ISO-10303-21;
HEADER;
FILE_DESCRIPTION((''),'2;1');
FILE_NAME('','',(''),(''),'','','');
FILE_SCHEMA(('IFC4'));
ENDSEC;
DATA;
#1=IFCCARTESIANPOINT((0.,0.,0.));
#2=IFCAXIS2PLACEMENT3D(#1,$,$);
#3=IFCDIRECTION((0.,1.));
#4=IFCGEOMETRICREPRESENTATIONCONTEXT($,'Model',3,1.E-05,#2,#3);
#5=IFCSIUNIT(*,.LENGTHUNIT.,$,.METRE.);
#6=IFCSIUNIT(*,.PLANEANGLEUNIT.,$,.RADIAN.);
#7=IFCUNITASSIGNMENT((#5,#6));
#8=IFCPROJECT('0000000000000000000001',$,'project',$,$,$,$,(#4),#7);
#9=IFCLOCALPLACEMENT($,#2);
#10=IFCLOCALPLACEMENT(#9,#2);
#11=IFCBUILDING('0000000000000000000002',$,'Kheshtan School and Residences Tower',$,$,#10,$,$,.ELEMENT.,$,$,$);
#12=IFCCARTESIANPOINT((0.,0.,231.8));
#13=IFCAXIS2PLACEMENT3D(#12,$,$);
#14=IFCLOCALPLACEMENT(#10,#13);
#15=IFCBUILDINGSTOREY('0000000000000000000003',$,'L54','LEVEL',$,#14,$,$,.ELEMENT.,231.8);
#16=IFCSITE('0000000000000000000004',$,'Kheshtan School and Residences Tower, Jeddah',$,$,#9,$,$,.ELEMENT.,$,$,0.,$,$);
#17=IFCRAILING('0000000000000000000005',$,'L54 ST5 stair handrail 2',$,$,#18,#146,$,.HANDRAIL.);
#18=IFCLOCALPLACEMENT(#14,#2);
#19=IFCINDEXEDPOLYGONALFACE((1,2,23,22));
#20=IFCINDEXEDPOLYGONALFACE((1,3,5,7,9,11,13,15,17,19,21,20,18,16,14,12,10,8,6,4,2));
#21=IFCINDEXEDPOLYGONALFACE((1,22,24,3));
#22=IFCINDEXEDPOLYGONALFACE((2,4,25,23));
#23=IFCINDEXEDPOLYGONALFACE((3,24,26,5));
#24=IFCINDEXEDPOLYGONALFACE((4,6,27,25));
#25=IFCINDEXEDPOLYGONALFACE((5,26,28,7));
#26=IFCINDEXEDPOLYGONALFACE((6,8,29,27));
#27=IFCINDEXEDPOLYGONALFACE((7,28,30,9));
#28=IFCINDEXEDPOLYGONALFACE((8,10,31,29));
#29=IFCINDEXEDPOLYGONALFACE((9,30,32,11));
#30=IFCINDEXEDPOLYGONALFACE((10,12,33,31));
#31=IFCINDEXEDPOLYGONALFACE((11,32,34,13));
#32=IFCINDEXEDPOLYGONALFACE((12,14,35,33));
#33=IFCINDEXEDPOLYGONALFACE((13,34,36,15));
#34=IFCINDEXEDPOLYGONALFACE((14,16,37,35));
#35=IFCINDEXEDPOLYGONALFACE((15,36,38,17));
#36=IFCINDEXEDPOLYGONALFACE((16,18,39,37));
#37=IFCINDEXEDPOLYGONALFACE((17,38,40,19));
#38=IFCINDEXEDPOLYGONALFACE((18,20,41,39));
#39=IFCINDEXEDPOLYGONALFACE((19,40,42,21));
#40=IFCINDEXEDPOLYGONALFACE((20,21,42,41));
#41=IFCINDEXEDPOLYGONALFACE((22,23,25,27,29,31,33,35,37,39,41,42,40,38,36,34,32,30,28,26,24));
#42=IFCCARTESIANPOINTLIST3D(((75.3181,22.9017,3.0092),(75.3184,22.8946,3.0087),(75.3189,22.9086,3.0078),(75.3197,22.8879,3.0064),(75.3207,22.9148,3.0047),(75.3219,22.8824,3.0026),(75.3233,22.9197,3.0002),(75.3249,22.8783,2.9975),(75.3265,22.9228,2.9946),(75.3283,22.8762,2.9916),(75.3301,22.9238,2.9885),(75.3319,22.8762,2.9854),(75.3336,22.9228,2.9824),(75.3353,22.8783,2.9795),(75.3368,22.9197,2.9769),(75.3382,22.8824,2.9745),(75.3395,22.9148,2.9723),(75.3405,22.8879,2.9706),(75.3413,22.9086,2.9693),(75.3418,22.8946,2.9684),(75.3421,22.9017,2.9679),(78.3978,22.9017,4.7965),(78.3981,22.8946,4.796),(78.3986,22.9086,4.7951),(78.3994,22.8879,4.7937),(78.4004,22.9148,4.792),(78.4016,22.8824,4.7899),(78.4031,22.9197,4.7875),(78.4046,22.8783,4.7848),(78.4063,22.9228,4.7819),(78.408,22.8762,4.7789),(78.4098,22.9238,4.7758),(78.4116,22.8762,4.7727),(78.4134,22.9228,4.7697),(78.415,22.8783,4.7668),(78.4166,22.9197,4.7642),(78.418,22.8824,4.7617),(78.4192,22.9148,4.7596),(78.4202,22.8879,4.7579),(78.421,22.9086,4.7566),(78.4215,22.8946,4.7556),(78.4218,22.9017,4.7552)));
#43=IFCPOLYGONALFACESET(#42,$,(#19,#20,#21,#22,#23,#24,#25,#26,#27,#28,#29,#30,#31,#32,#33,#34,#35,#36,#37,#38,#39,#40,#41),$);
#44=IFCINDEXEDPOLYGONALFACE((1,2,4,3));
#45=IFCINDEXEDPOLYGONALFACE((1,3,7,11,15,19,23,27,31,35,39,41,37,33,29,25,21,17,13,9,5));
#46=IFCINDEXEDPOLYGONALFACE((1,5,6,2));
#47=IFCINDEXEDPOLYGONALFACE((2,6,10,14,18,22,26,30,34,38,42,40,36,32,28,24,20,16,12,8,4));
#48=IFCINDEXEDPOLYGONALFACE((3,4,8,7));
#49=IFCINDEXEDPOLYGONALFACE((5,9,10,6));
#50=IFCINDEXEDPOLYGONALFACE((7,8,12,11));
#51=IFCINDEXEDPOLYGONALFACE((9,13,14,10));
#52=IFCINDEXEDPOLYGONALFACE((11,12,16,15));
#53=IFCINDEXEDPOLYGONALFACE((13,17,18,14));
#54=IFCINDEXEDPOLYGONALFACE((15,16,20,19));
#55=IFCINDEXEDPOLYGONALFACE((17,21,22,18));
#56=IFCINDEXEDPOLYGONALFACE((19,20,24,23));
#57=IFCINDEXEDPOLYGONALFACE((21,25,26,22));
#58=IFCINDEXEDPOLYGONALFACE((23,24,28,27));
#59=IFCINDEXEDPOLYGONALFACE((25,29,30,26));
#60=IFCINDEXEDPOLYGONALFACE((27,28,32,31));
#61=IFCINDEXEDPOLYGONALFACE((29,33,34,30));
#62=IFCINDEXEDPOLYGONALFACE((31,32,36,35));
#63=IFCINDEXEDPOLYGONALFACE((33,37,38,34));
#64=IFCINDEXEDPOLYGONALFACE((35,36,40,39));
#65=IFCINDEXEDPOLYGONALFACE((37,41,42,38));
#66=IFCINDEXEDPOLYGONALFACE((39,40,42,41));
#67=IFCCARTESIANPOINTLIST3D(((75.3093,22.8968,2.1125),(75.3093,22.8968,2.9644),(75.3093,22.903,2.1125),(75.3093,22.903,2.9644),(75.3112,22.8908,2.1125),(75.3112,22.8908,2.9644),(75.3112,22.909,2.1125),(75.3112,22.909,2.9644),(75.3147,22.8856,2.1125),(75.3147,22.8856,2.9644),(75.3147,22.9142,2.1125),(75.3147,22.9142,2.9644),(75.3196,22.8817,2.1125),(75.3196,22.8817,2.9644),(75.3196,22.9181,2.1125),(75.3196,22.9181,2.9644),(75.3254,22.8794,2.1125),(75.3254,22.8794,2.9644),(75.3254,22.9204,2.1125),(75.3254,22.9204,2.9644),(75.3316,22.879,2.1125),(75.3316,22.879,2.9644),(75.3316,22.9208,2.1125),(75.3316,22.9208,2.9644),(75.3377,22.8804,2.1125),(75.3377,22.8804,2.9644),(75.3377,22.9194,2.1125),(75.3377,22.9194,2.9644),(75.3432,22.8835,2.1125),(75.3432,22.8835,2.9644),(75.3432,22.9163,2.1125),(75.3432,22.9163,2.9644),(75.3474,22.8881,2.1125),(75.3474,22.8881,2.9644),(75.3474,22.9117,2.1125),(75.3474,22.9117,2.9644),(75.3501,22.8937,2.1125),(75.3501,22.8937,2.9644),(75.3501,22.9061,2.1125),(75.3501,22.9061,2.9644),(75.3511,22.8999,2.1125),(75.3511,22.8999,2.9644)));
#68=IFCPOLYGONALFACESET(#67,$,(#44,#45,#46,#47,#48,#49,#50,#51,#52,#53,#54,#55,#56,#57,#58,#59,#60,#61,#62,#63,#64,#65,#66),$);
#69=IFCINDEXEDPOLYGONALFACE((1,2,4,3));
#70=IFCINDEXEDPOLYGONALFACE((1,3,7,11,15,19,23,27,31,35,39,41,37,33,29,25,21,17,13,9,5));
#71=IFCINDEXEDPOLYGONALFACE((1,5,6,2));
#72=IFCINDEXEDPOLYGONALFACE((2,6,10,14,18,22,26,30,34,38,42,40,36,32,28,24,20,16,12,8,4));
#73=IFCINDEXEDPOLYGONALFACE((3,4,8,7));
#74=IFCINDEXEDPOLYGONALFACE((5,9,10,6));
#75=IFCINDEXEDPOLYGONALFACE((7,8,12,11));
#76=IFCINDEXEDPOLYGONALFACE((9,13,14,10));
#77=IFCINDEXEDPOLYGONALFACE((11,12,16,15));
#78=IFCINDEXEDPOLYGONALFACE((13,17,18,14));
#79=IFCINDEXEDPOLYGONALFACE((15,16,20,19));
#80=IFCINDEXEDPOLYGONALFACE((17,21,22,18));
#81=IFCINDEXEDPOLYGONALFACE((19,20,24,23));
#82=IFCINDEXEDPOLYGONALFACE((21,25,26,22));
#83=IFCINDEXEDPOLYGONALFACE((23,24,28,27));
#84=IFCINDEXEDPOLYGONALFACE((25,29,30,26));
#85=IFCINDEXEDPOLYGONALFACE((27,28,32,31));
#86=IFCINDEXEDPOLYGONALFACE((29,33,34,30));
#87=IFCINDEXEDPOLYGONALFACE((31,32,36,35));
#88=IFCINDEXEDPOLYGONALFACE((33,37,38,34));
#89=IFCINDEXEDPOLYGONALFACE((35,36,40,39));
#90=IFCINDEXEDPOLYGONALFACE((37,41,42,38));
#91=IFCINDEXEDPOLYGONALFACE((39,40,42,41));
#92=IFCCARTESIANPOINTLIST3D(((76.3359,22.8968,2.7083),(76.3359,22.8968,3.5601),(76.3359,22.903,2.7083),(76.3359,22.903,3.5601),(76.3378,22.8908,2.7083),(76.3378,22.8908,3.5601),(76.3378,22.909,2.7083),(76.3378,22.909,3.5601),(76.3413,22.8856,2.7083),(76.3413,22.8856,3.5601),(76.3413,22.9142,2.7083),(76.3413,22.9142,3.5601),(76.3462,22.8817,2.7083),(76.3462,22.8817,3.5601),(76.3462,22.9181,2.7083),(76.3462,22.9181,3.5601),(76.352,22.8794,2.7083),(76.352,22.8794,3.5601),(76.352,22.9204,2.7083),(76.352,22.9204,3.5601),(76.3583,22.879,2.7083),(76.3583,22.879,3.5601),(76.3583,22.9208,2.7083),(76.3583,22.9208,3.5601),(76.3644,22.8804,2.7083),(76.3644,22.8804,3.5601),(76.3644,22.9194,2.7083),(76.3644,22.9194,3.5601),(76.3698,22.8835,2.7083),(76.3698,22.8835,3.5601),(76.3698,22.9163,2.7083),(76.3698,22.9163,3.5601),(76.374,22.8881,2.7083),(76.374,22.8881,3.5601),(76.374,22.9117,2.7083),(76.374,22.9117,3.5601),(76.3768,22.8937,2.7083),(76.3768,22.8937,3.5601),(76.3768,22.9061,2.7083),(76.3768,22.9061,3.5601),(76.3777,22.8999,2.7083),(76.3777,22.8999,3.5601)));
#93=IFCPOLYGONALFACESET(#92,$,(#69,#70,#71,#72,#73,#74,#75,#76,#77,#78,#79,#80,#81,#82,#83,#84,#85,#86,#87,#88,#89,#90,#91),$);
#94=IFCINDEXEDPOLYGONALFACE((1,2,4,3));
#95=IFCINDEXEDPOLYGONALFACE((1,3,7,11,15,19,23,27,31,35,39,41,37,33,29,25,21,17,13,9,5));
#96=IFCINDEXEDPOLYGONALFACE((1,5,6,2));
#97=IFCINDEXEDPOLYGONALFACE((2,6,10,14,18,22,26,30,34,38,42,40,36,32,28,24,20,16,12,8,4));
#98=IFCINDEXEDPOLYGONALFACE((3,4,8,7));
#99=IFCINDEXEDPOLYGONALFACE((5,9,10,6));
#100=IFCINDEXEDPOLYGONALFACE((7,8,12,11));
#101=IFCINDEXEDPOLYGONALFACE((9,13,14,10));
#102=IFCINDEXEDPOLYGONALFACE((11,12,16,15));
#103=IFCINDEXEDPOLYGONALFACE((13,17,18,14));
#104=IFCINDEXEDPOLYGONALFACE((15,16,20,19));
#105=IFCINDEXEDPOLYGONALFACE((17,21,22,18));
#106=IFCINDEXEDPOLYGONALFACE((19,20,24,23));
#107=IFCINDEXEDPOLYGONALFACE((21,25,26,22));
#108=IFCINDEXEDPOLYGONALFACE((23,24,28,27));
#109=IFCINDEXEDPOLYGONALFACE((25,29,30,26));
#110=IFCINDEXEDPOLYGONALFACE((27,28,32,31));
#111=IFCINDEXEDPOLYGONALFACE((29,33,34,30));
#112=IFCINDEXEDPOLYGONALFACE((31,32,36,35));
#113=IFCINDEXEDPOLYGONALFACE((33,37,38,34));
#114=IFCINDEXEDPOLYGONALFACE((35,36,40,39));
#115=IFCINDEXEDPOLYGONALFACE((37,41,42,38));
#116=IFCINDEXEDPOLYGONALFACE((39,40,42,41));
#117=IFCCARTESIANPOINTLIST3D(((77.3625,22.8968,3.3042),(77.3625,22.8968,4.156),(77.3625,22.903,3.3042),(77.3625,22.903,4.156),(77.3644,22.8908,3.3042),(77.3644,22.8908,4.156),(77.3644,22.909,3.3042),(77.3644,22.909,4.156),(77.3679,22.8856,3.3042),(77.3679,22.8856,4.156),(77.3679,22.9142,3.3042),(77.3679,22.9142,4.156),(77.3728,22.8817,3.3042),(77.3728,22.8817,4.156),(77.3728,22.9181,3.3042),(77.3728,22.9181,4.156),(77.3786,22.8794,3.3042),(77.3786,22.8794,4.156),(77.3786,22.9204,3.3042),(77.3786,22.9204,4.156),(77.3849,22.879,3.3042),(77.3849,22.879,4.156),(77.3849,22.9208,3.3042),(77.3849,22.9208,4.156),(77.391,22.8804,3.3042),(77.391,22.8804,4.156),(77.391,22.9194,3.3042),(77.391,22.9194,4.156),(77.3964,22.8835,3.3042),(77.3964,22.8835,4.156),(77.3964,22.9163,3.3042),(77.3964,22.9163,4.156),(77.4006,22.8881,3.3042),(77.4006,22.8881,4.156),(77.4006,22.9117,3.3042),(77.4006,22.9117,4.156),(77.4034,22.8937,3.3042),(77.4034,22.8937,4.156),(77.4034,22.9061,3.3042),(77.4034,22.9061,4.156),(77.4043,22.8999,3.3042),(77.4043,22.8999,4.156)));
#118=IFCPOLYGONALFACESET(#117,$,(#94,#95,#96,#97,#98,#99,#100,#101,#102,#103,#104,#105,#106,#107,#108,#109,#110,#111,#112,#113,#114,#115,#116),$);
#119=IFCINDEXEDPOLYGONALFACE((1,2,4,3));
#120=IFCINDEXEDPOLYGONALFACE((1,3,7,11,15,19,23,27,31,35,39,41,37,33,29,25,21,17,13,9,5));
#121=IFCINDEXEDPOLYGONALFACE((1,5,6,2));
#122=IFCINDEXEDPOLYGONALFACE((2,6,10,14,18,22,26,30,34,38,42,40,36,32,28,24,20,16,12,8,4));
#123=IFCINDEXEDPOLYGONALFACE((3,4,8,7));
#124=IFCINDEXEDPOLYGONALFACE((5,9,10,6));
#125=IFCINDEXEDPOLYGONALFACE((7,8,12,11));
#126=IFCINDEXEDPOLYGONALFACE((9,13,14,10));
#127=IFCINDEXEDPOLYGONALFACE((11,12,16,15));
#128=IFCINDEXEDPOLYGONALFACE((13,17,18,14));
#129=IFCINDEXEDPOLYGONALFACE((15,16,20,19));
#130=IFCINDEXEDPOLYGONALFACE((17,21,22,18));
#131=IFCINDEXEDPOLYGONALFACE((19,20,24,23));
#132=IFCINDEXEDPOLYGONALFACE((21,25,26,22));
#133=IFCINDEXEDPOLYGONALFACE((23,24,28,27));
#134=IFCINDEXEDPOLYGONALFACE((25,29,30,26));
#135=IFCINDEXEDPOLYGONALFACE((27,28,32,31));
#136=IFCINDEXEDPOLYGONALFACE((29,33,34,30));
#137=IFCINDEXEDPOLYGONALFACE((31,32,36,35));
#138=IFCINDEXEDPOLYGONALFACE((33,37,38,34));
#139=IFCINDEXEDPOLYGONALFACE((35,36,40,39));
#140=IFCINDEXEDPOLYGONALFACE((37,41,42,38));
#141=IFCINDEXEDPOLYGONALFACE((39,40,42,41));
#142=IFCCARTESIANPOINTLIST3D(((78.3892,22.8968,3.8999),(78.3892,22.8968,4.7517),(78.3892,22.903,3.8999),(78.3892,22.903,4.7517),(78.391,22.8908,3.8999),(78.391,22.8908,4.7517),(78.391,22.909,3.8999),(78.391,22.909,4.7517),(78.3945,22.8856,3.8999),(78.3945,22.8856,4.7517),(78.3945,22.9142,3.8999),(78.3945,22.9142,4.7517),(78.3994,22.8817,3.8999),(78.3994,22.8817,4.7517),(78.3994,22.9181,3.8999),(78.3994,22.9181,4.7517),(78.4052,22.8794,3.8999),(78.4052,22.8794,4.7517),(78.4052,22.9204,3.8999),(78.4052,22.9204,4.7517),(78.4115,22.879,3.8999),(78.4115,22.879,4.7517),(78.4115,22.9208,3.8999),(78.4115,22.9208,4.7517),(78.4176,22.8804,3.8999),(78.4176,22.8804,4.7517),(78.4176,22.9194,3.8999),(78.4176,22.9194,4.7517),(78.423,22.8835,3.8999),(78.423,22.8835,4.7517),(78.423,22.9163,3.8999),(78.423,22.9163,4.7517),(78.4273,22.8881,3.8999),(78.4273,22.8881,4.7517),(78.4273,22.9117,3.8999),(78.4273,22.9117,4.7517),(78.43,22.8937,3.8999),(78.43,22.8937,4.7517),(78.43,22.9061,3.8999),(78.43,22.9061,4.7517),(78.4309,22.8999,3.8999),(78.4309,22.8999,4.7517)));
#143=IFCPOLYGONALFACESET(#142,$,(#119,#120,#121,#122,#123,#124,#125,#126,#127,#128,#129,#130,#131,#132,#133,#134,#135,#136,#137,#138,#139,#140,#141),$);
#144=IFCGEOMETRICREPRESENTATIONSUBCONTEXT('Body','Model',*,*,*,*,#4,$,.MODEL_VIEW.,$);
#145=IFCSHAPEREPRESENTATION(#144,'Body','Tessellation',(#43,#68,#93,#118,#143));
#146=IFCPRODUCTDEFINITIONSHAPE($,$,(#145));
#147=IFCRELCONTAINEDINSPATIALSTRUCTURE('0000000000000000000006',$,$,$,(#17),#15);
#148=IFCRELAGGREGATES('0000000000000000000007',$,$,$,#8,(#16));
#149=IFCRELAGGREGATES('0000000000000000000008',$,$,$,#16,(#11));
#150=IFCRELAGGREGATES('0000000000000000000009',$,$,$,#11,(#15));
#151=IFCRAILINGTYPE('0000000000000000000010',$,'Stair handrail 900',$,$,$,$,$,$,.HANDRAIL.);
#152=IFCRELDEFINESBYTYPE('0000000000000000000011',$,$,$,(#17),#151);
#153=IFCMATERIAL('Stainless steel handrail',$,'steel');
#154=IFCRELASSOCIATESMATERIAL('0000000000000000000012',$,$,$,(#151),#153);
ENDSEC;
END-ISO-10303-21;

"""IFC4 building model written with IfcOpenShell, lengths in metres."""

from ifc_helpers import new_model, si_unit, direction, frame, origin, origin_2d, place, context, subcontext, project, spatial, circle, extrude, material, type_object, element, save


model = new_model("IFC4")

# Units and contexts
model_context = context("Model", 3, precision=1e-05, world=origin(), true_north=direction((0.0, 1.0)))
body_context = subcontext(model_context, "Body", "Model", "MODEL_VIEW")
ifc_project = project(units=[si_unit("LENGTHUNIT", "METRE"), si_unit("PLANEANGLEUNIT", "RADIAN")], contexts=[model_context])

# Site, building, storey
site_placement = place(None, origin())
site = spatial("IfcSite", under=ifc_project, at=site_placement, Name="Kheshtan School and Residences Tower, Jeddah", CompositionType="ELEMENT", RefElevation=0.0)
building_placement = place(site_placement, origin())
building = spatial("IfcBuilding", under=site, at=building_placement, Name="Kheshtan School and Residences Tower", CompositionType="ELEMENT")
storey_placement = place(building_placement, frame((0.0, 0.0, 231.8)))
storey = spatial("IfcBuildingStorey", under=building, at=storey_placement, Name="L54", Description="LEVEL", CompositionType="ELEMENT", Elevation=231.8)

# Railing
ifc_material_1 = material(Name="Stainless steel handrail", Category="steel")
railing_type_1 = type_object("IfcRailingType", Name="Stair handrail 900", PredefinedType="HANDRAIL", material=ifc_material_1)
railing_1_placement = place(storey_placement, frame((75.3301, 22.8999, 2.1125)))
element("IfcRailing", 1, at=railing_1_placement, inside=storey, type_object=railing_type_1, Name="L54 ST5 stair handrail 2", PredefinedType="HANDRAIL", context=body_context, shape_type="SweptSolid", body=[
    extrude(circle(Radius=0.0239, at=origin_2d()), frame((0.0, 0.0, 0.876), z_axis=(0.864903, 0.0, 0.501939), x_axis=(0.0, 1.0, 0.0)), (0.0, 0.0, 1.0), 3.5608),
    extrude(circle(Radius=0.021, at=origin_2d()), origin(), (0.0, 0.0, 1.0), 0.8518),
    extrude(circle(Radius=0.021, at=origin_2d()), frame((1.0266, 0.0, 0.5957)), (0.0, 0.0, 1.0), 0.8518),
    extrude(circle(Radius=0.021, at=origin_2d()), frame((2.0532, 0.0, 1.1917)), (0.0, 0.0, 1.0), 0.8518),
    extrude(circle(Radius=0.021, at=origin_2d()), frame((3.0798, 0.0, 1.7874)), (0.0, 0.0, 1.0), 0.8518),
])

save(model, "model.ifc")
